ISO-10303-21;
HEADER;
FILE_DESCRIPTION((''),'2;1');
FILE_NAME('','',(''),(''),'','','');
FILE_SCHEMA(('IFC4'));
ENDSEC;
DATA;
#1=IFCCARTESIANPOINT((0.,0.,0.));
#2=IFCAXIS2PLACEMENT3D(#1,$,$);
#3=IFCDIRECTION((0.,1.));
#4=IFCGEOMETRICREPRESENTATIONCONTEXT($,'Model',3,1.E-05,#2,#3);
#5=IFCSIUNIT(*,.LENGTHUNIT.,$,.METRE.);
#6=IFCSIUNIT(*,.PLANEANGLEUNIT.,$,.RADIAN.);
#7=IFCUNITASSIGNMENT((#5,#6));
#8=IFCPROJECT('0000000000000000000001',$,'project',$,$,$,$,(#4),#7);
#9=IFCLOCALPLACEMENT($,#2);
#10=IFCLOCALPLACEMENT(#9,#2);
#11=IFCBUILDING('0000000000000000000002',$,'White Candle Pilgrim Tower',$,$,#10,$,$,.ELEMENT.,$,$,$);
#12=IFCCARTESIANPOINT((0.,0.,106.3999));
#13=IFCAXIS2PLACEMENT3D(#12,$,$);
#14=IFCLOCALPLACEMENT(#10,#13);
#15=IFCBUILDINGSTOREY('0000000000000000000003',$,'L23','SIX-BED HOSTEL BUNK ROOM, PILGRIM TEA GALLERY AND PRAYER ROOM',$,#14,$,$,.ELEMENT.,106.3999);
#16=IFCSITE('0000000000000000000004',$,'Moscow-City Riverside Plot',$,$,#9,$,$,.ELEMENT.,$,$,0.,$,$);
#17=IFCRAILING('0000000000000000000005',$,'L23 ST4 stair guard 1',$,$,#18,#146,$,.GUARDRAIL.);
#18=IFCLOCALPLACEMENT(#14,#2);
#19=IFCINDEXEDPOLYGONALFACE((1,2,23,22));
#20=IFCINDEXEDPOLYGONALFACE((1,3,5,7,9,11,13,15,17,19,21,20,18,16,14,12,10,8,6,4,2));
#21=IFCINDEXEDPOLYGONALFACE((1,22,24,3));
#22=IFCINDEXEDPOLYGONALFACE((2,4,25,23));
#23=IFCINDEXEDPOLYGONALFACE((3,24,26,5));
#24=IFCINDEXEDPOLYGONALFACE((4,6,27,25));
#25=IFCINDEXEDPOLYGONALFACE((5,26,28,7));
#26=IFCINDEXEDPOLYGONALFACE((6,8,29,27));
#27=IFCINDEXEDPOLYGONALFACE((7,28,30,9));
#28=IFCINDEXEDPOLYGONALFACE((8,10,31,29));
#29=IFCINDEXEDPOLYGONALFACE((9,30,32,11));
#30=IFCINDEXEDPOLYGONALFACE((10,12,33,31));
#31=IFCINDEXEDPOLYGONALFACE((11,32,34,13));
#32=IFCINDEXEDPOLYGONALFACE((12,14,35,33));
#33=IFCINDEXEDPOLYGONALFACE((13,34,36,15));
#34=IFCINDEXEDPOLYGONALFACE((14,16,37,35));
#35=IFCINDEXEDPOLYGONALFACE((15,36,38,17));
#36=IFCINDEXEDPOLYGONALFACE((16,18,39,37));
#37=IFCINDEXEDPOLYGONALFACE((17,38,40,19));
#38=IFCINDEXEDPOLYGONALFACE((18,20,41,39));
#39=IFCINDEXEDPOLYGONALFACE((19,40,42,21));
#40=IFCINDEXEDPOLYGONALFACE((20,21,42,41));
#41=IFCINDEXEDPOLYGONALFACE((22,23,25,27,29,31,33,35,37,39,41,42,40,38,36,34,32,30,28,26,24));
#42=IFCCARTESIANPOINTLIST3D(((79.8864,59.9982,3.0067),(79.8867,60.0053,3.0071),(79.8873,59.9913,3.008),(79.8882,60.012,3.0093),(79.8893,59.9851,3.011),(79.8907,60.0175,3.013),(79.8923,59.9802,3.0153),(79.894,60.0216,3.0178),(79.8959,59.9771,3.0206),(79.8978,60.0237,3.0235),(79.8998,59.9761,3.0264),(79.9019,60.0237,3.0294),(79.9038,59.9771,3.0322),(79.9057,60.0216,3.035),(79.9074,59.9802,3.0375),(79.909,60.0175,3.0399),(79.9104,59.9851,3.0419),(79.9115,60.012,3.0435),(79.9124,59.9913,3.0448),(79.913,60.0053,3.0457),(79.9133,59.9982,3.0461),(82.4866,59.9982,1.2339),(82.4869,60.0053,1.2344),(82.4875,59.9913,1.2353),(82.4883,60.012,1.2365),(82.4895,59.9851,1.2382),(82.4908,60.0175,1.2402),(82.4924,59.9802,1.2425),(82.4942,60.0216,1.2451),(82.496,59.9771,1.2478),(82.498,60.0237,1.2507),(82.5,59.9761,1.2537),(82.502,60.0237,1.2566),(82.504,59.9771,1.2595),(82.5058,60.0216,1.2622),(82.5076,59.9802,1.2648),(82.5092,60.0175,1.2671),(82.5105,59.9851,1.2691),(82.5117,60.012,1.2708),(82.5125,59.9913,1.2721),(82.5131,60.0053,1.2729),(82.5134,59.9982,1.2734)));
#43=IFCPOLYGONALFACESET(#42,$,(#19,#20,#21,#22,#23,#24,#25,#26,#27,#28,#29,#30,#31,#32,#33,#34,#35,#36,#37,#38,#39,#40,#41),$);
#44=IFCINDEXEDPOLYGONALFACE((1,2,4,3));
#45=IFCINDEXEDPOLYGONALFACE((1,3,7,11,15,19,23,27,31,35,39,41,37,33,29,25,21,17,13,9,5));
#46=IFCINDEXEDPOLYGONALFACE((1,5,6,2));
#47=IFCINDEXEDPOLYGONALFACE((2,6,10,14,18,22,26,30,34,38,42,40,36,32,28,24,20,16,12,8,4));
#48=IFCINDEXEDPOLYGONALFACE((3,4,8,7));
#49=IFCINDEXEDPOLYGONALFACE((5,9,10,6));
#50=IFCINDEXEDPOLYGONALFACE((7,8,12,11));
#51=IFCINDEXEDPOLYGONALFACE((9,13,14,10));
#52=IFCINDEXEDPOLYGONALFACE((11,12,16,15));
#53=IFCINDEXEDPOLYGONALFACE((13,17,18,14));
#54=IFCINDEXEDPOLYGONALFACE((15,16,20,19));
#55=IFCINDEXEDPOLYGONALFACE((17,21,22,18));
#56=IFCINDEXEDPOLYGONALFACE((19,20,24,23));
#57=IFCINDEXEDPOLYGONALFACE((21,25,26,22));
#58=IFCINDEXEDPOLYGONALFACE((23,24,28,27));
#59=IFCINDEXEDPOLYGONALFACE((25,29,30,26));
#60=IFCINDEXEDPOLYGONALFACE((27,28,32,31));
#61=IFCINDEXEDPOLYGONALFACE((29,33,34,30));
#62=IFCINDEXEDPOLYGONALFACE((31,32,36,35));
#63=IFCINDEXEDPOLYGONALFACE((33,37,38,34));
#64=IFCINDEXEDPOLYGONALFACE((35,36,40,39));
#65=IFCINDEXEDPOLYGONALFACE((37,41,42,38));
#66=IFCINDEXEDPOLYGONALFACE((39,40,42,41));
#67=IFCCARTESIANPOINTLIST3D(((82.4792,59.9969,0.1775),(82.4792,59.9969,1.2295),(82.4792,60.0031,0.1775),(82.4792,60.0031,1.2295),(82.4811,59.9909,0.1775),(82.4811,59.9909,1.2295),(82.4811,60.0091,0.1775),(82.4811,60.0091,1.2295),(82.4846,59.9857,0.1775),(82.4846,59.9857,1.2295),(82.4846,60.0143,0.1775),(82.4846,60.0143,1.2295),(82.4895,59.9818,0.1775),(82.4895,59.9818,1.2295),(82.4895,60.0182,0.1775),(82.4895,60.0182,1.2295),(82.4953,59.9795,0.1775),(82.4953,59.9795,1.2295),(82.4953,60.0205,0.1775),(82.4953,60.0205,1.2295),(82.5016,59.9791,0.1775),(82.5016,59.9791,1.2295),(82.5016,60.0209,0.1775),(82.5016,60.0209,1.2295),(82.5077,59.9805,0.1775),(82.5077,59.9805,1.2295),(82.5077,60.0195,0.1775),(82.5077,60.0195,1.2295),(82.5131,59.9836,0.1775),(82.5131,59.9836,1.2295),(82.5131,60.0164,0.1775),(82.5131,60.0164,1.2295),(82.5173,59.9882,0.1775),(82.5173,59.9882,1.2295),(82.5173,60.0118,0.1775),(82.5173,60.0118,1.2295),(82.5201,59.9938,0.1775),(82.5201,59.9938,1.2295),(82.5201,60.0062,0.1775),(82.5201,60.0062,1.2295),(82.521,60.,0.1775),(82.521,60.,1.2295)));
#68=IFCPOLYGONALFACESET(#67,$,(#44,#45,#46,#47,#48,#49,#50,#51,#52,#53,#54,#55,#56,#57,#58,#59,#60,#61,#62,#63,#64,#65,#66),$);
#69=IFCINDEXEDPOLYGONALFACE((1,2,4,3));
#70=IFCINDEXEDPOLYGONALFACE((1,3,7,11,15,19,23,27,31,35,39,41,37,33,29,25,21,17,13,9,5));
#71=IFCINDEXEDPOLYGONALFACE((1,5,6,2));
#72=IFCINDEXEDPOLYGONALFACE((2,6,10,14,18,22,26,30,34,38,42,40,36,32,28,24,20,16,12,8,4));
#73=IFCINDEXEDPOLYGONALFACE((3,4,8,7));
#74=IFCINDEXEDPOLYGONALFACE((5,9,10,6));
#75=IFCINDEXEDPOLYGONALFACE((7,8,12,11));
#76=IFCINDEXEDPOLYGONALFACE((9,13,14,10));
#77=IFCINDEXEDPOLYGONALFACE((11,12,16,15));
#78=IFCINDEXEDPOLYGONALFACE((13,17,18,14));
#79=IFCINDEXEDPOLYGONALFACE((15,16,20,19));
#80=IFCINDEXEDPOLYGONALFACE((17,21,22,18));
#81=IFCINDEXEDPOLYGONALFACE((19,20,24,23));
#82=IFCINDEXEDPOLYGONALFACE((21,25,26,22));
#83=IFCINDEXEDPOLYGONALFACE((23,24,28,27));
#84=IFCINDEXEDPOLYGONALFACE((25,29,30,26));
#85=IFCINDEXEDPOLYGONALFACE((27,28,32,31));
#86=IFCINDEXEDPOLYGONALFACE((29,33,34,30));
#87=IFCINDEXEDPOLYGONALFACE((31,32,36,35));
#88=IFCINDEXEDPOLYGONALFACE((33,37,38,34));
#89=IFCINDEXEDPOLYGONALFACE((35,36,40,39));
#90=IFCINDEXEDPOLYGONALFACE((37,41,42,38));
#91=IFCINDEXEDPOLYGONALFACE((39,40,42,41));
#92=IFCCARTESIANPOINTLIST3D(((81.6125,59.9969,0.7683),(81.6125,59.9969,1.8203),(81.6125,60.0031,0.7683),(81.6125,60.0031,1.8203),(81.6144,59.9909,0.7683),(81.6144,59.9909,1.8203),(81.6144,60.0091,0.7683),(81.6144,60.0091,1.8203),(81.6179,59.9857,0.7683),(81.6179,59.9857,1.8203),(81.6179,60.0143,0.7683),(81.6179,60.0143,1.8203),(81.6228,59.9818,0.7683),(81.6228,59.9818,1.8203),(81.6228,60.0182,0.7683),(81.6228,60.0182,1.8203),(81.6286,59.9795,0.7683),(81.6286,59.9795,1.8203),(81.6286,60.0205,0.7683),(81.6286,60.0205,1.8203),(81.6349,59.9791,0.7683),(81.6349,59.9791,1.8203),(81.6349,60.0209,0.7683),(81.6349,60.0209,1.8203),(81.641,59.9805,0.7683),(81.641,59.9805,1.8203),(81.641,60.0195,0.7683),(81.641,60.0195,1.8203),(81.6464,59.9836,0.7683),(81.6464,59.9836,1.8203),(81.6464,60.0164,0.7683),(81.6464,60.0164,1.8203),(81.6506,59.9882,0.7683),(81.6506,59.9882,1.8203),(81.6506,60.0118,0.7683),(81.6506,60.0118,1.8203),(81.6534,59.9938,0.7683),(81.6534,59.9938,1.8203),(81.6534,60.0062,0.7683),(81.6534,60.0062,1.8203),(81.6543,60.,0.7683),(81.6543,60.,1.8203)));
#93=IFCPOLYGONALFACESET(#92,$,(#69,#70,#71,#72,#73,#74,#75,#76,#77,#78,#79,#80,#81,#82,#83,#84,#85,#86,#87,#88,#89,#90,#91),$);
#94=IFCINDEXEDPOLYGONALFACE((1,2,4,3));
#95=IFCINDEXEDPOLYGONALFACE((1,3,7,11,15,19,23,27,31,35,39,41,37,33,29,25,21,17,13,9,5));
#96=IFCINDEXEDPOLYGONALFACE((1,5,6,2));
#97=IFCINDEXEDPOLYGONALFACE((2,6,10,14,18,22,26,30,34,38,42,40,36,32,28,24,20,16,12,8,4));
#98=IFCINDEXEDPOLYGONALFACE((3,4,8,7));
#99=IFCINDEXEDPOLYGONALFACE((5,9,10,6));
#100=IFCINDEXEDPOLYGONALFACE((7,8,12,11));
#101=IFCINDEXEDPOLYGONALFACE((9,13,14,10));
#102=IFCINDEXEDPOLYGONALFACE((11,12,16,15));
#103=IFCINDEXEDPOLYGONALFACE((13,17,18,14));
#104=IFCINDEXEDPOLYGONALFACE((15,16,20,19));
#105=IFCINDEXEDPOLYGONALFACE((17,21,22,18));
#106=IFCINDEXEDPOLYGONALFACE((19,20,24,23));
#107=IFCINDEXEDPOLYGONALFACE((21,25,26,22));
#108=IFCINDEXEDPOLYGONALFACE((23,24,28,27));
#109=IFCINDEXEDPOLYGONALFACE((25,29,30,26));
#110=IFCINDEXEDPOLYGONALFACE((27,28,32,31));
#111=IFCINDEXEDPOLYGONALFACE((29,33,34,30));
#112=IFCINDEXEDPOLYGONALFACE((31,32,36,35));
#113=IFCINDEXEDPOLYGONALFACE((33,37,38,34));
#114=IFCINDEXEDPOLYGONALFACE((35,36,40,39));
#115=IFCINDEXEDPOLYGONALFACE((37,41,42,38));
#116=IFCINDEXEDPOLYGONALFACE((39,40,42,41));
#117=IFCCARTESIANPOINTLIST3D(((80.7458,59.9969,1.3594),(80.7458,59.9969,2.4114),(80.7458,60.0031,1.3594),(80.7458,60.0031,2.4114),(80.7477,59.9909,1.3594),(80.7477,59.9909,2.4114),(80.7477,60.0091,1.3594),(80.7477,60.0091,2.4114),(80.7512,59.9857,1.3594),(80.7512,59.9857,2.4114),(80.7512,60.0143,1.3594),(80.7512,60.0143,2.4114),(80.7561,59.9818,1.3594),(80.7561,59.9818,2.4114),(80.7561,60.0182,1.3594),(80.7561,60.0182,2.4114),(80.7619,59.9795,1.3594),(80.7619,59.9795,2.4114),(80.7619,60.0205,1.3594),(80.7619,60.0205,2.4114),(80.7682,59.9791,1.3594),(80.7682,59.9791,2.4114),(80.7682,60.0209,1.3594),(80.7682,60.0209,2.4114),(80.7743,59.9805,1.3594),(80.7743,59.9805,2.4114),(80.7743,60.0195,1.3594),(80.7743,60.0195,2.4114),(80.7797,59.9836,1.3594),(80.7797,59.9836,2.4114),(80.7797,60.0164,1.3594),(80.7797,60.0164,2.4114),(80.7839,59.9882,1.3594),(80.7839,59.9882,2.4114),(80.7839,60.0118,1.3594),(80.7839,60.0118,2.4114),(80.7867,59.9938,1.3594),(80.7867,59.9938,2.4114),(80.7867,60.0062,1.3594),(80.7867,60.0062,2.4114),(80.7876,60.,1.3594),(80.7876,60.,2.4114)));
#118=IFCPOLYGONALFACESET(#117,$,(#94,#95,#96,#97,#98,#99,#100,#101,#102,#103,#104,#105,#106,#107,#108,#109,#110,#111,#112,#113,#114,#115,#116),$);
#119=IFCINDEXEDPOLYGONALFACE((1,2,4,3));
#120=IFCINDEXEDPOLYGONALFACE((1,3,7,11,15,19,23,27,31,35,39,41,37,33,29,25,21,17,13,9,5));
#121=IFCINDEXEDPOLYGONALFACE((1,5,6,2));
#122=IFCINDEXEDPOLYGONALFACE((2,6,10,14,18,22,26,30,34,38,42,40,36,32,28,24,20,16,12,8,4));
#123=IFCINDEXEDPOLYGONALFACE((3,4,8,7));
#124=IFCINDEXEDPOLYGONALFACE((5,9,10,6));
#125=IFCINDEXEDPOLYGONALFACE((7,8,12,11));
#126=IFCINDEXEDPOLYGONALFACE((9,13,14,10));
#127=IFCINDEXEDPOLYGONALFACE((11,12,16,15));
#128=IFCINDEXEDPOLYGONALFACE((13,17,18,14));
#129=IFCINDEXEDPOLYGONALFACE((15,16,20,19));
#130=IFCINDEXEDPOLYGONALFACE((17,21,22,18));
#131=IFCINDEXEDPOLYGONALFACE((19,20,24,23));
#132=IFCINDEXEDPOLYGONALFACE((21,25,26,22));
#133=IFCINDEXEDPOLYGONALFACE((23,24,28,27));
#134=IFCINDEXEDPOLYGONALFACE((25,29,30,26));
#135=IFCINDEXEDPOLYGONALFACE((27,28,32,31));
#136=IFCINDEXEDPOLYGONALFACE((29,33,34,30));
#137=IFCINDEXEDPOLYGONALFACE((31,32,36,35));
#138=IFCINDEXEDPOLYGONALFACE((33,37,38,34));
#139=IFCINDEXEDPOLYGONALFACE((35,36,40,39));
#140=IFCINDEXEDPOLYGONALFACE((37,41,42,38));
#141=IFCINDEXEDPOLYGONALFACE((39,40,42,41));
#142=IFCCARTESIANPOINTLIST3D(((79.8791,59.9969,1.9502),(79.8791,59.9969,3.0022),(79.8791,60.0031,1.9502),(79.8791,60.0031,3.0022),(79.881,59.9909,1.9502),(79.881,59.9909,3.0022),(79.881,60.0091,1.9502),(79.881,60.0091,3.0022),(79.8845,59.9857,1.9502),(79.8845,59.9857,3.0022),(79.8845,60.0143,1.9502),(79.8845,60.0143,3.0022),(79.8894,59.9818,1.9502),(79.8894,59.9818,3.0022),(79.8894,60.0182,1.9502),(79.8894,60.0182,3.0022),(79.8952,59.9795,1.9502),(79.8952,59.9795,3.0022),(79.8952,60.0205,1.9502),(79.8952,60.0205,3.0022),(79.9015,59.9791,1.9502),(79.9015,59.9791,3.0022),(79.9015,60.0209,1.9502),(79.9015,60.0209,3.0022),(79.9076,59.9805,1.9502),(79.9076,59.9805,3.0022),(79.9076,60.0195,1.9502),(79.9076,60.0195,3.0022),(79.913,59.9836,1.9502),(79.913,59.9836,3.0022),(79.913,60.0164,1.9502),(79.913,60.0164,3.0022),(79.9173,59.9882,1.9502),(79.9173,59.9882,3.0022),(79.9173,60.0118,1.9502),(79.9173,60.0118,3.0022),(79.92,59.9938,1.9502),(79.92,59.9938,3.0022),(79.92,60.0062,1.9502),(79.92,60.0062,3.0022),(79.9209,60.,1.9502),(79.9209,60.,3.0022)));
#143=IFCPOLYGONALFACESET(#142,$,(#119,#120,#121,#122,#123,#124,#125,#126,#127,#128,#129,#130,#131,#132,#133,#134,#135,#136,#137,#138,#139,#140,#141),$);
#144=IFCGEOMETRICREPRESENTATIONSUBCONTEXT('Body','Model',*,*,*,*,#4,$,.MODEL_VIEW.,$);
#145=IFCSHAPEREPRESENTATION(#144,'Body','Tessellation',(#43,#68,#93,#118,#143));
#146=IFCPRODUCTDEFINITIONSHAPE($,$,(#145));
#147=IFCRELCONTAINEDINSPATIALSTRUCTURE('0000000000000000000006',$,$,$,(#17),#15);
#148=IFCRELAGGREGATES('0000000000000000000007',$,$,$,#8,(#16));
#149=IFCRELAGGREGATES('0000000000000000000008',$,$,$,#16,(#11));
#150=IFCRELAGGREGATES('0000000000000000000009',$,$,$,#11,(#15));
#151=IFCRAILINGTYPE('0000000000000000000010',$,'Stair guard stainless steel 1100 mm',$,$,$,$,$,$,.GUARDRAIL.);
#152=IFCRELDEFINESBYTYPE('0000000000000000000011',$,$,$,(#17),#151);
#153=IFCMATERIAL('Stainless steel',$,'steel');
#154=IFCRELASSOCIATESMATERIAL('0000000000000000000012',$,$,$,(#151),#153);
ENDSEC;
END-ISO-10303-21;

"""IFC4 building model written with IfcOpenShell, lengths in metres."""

from ifc_helpers import new_model, si_unit, direction, frame, origin, origin_2d, place, context, subcontext, project, spatial, circle, extrude, material, type_object, element, save


model = new_model("IFC4")

# Units and contexts
model_context = context("Model", 3, precision=1e-05, world=origin(), true_north=direction((0.0, 1.0)))
body_context = subcontext(model_context, "Body", "Model", "MODEL_VIEW")
ifc_project = project(units=[si_unit("LENGTHUNIT", "METRE"), si_unit("PLANEANGLEUNIT", "RADIAN")], contexts=[model_context])

# Site, building, storey
site_placement = place(None, origin())
site = spatial("IfcSite", under=ifc_project, at=site_placement, Name="Moscow-City Riverside Plot", CompositionType="ELEMENT", RefElevation=0.0)
building_placement = place(site_placement, origin())
building = spatial("IfcBuilding", under=site, at=building_placement, Name="White Candle Pilgrim Tower", CompositionType="ELEMENT")
storey_placement = place(building_placement, frame((0.0, 0.0, 106.3999)))
storey = spatial("IfcBuildingStorey", under=building, at=storey_placement, Name="L23", Description="SIX-BED HOSTEL BUNK ROOM, PILGRIM TEA GALLERY AND PRAYER ROOM", CompositionType="ELEMENT", Elevation=106.3999)

# Railing
ifc_material_1 = material(Name="Stainless steel", Category="steel")
railing_type_1 = type_object("IfcRailingType", Name="Stair guard stainless steel 1100 mm", PredefinedType="GUARDRAIL", material=ifc_material_1)
railing_1_placement = place(storey_placement, frame((82.5, 60.0, 0.1775)))
element("IfcRailing", 1, at=railing_1_placement, inside=storey, type_object=railing_type_1, Name="L23 ST4 stair guard 1", PredefinedType="GUARDRAIL", context=body_context, shape_type="SweptSolid", body=[
    extrude(circle(Radius=0.0239, at=origin_2d()), frame((0.0, 0.0, 1.0762), z_axis=(-0.82624, 0.0, 0.563318), x_axis=(0.0, -1.0, 0.0)), (0.0, 0.0, 1.0), 3.147),
    extrude(circle(Radius=0.021, at=origin_2d()), origin(), (0.0, 0.0, 1.0), 1.052),
    extrude(circle(Radius=0.021, at=origin_2d()), frame((-0.8667, 0.0, 0.5908)), (0.0, 0.0, 1.0), 1.052),
    extrude(circle(Radius=0.021, at=origin_2d()), frame((-1.7334, 0.0, 1.1819)), (0.0, 0.0, 1.0), 1.052),
    extrude(circle(Radius=0.021, at=origin_2d()), frame((-2.6001, 0.0, 1.7727)), (0.0, 0.0, 1.0), 1.052),
])

save(model, "model.ifc")
